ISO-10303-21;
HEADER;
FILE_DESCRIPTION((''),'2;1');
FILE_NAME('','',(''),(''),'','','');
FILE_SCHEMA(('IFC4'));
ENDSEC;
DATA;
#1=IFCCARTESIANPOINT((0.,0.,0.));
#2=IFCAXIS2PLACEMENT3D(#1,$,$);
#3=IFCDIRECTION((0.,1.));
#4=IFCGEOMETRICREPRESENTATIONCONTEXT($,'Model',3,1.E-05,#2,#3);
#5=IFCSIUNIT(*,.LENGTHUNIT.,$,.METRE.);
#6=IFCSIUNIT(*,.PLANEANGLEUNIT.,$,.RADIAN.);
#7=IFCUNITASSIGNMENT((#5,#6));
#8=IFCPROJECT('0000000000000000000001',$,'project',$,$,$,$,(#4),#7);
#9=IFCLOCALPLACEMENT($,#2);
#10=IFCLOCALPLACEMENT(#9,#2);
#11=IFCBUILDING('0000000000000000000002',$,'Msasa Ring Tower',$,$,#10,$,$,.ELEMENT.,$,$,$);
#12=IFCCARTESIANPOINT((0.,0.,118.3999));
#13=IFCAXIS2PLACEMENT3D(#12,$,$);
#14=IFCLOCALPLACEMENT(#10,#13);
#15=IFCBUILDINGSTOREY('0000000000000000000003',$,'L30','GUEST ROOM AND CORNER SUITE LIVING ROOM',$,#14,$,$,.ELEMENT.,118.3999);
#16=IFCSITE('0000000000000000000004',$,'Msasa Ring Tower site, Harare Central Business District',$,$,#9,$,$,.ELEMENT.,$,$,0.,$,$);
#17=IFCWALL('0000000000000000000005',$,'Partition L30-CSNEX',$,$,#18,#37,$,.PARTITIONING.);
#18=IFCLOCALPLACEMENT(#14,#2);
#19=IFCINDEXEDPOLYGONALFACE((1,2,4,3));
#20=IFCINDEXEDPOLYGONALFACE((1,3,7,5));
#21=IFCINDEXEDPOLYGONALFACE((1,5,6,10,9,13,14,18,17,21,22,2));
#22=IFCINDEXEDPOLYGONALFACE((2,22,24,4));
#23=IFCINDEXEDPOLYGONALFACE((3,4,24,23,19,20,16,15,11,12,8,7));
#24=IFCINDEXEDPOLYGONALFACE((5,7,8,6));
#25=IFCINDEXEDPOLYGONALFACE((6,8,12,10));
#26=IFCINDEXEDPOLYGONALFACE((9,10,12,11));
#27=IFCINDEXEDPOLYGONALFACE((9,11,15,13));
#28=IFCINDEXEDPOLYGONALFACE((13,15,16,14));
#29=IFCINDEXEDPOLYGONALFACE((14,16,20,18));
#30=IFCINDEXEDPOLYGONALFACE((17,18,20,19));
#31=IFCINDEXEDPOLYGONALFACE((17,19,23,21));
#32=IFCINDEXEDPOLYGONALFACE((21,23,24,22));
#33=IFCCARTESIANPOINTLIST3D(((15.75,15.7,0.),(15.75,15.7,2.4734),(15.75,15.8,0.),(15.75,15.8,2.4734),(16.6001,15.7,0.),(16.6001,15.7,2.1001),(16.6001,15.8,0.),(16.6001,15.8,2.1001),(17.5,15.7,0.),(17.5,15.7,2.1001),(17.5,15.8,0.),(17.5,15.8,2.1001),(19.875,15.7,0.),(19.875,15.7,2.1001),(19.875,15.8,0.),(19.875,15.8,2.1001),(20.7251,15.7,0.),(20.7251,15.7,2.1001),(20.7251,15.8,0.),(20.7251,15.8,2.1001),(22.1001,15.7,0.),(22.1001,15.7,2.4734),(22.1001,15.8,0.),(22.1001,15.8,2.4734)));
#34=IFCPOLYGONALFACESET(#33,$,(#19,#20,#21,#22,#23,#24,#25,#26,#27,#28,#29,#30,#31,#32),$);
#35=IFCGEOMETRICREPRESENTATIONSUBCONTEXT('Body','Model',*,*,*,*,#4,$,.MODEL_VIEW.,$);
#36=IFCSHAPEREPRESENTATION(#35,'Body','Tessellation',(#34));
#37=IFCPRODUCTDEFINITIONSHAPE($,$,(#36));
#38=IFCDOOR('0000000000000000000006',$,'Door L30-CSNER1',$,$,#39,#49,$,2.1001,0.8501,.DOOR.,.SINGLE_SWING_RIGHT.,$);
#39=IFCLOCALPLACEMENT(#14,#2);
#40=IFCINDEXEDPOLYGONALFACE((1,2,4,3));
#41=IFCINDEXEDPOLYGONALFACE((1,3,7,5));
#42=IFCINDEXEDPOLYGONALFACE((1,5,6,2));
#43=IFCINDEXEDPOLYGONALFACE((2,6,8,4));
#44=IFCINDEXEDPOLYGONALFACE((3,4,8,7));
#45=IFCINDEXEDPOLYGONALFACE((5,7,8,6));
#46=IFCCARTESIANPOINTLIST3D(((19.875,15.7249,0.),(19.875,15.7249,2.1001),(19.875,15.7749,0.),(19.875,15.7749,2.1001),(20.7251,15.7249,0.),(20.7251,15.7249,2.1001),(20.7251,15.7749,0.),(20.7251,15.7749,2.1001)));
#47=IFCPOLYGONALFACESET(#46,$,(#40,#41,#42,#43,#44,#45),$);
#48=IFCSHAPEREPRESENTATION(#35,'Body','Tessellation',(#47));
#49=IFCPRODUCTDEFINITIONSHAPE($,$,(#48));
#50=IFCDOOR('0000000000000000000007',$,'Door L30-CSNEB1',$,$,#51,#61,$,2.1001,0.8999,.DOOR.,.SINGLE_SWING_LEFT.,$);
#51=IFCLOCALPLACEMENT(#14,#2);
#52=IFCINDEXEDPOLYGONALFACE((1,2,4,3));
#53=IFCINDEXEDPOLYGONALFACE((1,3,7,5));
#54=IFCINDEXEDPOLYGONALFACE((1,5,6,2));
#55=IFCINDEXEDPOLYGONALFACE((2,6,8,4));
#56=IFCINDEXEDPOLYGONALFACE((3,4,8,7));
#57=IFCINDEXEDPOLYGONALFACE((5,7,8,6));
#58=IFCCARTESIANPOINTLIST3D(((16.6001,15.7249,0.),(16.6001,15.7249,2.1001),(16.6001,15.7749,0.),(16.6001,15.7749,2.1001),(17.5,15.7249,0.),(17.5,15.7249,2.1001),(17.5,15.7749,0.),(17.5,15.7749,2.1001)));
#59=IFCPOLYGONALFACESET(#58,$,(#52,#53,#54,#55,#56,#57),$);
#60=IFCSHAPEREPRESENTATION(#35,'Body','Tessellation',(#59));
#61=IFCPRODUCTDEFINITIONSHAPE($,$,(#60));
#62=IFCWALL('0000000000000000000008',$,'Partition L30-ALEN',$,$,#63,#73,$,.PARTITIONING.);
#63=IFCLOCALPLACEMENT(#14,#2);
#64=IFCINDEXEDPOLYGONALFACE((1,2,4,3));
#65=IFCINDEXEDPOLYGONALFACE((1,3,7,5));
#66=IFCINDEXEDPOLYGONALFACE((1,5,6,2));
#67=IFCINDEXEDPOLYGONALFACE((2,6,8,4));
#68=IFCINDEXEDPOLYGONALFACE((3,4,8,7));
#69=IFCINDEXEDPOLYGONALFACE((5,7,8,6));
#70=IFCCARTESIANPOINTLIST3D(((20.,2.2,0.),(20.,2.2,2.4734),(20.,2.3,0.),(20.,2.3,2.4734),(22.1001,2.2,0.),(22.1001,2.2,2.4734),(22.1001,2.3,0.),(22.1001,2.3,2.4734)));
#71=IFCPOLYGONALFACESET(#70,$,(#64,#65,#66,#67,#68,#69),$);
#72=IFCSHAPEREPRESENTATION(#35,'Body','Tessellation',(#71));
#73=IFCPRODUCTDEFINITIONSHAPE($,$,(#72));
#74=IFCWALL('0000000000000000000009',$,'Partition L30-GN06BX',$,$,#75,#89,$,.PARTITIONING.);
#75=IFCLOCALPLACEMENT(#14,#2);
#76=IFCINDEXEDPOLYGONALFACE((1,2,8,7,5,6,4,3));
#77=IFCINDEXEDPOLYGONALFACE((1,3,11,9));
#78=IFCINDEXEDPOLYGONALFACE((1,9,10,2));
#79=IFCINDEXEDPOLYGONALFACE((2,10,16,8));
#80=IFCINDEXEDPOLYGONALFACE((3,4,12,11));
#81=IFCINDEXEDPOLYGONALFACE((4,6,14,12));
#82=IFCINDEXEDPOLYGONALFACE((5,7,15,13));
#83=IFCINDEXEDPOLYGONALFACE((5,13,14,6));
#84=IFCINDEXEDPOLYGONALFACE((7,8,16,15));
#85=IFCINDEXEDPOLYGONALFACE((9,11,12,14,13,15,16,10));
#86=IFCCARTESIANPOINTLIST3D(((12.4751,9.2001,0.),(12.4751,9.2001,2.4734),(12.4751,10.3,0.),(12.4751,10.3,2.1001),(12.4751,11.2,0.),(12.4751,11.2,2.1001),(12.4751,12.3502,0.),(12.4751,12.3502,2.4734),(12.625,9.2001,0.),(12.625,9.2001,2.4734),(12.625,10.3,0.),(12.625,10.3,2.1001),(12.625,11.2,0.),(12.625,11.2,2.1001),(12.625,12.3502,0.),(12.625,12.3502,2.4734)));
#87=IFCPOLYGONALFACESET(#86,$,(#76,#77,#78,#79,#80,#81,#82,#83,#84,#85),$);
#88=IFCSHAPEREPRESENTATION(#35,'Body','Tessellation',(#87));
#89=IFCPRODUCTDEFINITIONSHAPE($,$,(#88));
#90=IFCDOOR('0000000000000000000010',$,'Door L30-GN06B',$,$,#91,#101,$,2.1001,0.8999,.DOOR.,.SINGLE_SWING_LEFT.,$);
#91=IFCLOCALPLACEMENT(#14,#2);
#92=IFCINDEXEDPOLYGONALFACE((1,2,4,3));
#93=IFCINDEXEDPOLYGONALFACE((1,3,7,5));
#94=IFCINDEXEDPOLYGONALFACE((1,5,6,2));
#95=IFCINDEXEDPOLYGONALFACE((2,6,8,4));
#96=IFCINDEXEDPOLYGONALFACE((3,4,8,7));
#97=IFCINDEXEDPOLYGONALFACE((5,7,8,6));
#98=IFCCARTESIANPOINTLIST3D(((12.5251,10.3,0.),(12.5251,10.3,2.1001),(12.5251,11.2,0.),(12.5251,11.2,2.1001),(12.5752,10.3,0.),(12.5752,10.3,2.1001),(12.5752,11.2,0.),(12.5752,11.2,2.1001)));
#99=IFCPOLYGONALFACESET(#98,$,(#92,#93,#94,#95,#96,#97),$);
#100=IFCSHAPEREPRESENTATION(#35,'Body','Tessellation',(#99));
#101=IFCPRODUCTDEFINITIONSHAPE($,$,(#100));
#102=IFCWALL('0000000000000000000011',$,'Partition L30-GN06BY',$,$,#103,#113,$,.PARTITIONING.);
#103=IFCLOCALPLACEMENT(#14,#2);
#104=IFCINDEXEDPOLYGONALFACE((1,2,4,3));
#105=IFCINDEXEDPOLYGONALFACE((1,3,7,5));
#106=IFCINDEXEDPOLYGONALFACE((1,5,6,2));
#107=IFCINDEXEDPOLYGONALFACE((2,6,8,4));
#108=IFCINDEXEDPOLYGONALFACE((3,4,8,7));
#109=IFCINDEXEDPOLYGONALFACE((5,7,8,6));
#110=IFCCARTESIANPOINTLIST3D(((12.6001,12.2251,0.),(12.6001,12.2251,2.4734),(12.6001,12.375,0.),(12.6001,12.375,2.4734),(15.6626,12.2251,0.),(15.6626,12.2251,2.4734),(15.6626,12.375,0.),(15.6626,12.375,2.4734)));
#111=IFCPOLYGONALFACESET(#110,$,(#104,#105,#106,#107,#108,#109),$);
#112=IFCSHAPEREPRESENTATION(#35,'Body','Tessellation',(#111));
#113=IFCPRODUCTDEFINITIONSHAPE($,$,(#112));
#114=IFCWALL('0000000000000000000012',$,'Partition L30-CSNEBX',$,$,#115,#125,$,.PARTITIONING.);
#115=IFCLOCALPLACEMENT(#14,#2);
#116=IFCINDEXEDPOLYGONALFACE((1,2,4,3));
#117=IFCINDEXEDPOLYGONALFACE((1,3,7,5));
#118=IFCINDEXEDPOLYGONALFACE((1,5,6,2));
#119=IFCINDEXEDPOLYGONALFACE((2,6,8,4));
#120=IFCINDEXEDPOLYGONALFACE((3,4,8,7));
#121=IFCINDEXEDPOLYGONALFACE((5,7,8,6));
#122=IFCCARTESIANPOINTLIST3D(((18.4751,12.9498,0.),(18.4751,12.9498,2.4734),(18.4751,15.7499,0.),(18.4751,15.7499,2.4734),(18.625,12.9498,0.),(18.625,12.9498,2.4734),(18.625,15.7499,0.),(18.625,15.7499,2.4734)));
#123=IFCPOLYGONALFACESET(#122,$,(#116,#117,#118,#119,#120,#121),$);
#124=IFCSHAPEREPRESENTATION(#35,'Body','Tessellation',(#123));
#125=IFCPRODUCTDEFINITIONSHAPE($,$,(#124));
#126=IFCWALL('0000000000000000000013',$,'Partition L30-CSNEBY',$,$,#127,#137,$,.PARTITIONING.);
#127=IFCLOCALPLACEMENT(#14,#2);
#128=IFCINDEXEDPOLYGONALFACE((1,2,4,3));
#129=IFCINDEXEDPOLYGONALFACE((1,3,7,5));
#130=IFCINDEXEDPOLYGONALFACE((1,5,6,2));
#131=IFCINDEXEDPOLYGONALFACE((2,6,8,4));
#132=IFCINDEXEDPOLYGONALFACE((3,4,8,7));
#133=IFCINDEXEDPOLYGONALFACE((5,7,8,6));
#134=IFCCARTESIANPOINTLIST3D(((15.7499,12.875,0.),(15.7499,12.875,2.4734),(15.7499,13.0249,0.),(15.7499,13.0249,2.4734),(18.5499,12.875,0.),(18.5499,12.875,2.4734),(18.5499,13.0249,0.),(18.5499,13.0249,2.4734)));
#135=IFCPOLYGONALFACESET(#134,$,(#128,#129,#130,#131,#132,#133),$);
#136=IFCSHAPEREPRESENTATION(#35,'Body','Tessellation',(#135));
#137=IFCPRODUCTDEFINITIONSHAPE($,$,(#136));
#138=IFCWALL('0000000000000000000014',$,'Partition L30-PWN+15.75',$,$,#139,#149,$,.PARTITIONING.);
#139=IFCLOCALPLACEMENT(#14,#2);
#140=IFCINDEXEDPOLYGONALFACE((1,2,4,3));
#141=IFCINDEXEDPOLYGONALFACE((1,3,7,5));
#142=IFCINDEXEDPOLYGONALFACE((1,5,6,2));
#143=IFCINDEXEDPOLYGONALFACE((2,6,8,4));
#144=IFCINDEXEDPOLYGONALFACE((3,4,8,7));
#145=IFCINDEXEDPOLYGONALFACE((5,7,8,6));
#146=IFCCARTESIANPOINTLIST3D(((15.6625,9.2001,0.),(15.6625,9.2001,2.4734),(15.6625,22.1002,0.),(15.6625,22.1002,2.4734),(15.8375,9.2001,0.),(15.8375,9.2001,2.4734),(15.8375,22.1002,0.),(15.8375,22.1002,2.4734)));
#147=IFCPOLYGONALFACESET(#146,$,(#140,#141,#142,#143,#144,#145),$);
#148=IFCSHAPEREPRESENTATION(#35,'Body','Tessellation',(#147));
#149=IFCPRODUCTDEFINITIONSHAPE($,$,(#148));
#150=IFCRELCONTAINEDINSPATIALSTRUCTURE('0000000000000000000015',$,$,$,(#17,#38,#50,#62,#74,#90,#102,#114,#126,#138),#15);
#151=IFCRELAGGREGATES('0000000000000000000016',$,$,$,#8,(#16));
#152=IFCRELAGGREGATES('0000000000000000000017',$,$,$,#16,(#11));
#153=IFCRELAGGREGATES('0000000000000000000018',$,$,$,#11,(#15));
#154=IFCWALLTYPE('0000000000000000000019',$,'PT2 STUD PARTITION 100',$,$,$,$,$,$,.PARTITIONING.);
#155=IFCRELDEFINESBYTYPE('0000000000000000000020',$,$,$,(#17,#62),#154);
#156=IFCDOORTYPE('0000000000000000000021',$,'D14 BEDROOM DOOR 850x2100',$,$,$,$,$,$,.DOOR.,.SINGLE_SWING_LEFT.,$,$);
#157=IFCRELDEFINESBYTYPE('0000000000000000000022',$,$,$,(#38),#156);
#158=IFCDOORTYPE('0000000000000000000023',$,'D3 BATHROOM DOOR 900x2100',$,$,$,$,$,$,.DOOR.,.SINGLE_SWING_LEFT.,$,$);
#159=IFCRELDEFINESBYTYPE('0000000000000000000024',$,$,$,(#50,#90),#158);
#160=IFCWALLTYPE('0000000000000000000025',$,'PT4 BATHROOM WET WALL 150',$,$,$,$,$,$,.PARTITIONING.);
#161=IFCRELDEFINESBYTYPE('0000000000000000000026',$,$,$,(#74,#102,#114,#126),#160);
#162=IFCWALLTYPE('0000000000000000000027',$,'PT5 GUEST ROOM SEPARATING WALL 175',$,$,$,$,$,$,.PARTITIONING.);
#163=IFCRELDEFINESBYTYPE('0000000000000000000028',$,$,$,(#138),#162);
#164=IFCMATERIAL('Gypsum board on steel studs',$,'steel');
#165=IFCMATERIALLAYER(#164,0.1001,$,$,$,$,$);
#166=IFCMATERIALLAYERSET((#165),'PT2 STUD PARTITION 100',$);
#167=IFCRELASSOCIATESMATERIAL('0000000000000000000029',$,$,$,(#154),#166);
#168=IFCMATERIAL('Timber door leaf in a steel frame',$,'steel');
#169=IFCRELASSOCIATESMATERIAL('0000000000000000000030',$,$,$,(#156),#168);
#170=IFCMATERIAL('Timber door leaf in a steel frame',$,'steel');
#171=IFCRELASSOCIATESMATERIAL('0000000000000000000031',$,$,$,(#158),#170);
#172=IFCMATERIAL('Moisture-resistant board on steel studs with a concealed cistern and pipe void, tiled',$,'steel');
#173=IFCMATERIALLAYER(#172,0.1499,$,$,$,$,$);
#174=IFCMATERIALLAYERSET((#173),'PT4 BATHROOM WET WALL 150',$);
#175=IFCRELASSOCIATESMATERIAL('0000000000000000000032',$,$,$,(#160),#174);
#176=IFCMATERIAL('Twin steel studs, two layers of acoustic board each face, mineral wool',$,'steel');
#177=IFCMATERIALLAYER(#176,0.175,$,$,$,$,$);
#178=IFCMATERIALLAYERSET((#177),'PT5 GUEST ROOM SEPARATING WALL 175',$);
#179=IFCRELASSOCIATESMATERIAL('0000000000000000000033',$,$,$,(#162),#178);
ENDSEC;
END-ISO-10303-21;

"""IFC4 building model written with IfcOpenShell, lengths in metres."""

from ifc_helpers import new_model, si_unit, direction, frame, frame_2d, origin, place, context, subcontext, project, spatial, rectangle, extrude, material, layer, layer_set, type_object, element, fill, save


model = new_model("IFC4")

# Units and contexts
model_context = context("Model", 3, precision=1e-05, world=origin(), true_north=direction((0.0, 1.0)))
body_context = subcontext(model_context, "Body", "Model", "MODEL_VIEW")
ifc_project = project(units=[si_unit("LENGTHUNIT", "METRE"), si_unit("PLANEANGLEUNIT", "RADIAN")], contexts=[model_context])

# Site, building, storey
site_placement = place(None, origin())
site = spatial("IfcSite", under=ifc_project, at=site_placement, Name="Msasa Ring Tower site, Harare Central Business District", CompositionType="ELEMENT", RefElevation=0.0)
building_placement = place(site_placement, origin())
building = spatial("IfcBuilding", under=site, at=building_placement, Name="Msasa Ring Tower", CompositionType="ELEMENT")
storey_placement = place(building_placement, frame((0.0, 0.0, 118.3999)))
storey = spatial("IfcBuildingStorey", under=building, at=storey_placement, Name="L30", Description="GUEST ROOM AND CORNER SUITE LIVING ROOM", CompositionType="ELEMENT", Elevation=118.3999)

# Wall, openings, doors
ifc_material_1 = material(Name="Gypsum board on steel studs", Category="steel")
ifc_layer_1 = layer(ifc_material_1, 0.1001)
ifc_layer_set_1 = layer_set([ifc_layer_1], Name="PT2 STUD PARTITION 100")
wall_type_1 = type_object("IfcWallType", Name="PT2 STUD PARTITION 100", PredefinedType="PARTITIONING", material=ifc_layer_set_1)
wall_1_placement = place(storey_placement, frame((15.75, 15.75, 0.0), z_axis=(0.0, 0.0, 1.0), x_axis=(1.0, 0.0, 0.0)))
wall_1 = element("IfcWall", 1, at=wall_1_placement, inside=storey, type_object=wall_type_1, Name="Partition L30-CSNEX", PredefinedType="PARTITIONING", context=body_context, shape_type="SweptSolid", body=[
    extrude(rectangle(XDim=6.3501, YDim=0.1001, at=frame_2d((3.175, 0.0))), origin(), (0.0, 0.0, 1.0), 2.4734),
])
opening_1_placement = place(wall_1_placement, frame((4.125, 0.0, 0.0)))
opening_1 = element("IfcOpeningElement", 2, at=opening_1_placement, cuts=wall_1, PredefinedType="OPENING", context=body_context, shape_type="SweptSolid", body=[
    extrude(rectangle(XDim=0.8501, YDim=2.1001, at=frame_2d((0.425, 1.05))), frame((0.0, 0.0601, 0.0), z_axis=(0.0, -1.0, 0.0), x_axis=(1.0, 0.0, 0.0)), (0.0, 0.0, 1.0), 0.1201),
])
opening_2_placement = place(wall_1_placement, frame((0.8501, 0.0, 0.0)))
opening_2 = element("IfcOpeningElement", 3, at=opening_2_placement, cuts=wall_1, PredefinedType="OPENING", context=body_context, shape_type="SweptSolid", body=[
    extrude(rectangle(XDim=0.8999, YDim=2.1001, at=frame_2d((0.45, 1.05))), frame((0.0, 0.0601, 0.0), z_axis=(0.0, -1.0, 0.0), x_axis=(1.0, 0.0, 0.0)), (0.0, 0.0, 1.0), 0.1201),
])
ifc_material_2 = material(Name="Timber door leaf in a steel frame", Category="steel")
door_type_1 = type_object("IfcDoorType", Name="D14 BEDROOM DOOR 850x2100", OperationType="SINGLE_SWING_LEFT", PredefinedType="DOOR", material=ifc_material_2)
door_1_placement = place(opening_1_placement, origin())
door_1 = element("IfcDoor", 4, at=door_1_placement, inside=storey, type_object=door_type_1, Name="Door L30-CSNER1", OperationType="SINGLE_SWING_RIGHT", OverallHeight=2.1001, OverallWidth=0.8501, PredefinedType="DOOR", context=body_context, shape_type="SweptSolid", body=[
    extrude(rectangle(XDim=0.8501, YDim=2.1001, at=frame_2d((0.425, 1.05))), frame((0.0, 0.0249, 0.0), z_axis=(0.0, -1.0, 0.0), x_axis=(1.0, 0.0, 0.0)), (0.0, 0.0, 1.0), 0.05),
])
fill(opening_1, door_1)
ifc_material_3 = material(Name="Timber door leaf in a steel frame", Category="steel")
door_type_2 = type_object("IfcDoorType", Name="D3 BATHROOM DOOR 900x2100", OperationType="SINGLE_SWING_LEFT", PredefinedType="DOOR", material=ifc_material_3)
door_2_placement = place(opening_2_placement, origin())
door_2 = element("IfcDoor", 5, at=door_2_placement, inside=storey, type_object=door_type_2, Name="Door L30-CSNEB1", OperationType="SINGLE_SWING_LEFT", OverallHeight=2.1001, OverallWidth=0.8999, PredefinedType="DOOR", context=body_context, shape_type="SweptSolid", body=[
    extrude(rectangle(XDim=0.8999, YDim=2.1001, at=frame_2d((0.45, 1.05))), frame((0.0, 0.0249, 0.0), z_axis=(0.0, -1.0, 0.0), x_axis=(1.0, 0.0, 0.0)), (0.0, 0.0, 1.0), 0.05),
])
fill(opening_2, door_2)

# Wall
wall_2_placement = place(storey_placement, frame((20.0, 2.25, 0.0), z_axis=(0.0, 0.0, 1.0), x_axis=(1.0, 0.0, 0.0)))
element("IfcWall", 6, at=wall_2_placement, inside=storey, type_object=wall_type_1, Name="Partition L30-ALEN", PredefinedType="PARTITIONING", context=body_context, shape_type="SweptSolid", body=[
    extrude(rectangle(XDim=2.1001, YDim=0.1001, at=frame_2d((1.05, 0.0))), origin(), (0.0, 0.0, 1.0), 2.4734),
])

# Wall, opening, door
ifc_material_4 = material(Name="Moisture-resistant board on steel studs with a concealed cistern and pipe void, tiled", Category="steel")
ifc_layer_2 = layer(ifc_material_4, 0.1499)
ifc_layer_set_2 = layer_set([ifc_layer_2], Name="PT4 BATHROOM WET WALL 150")
wall_type_2 = type_object("IfcWallType", Name="PT4 BATHROOM WET WALL 150", PredefinedType="PARTITIONING", material=ifc_layer_set_2)
wall_3_placement = place(storey_placement, frame((12.55, 9.2, 0.0), z_axis=(0.0, 0.0, 1.0), x_axis=(0.0, 1.0, 0.0)))
wall_3 = element("IfcWall", 7, at=wall_3_placement, inside=storey, type_object=wall_type_2, Name="Partition L30-GN06BX", PredefinedType="PARTITIONING", context=body_context, shape_type="SweptSolid", body=[
    extrude(rectangle(XDim=3.1501, YDim=0.1499, at=frame_2d((1.5752, 0.0))), origin(), (0.0, 0.0, 1.0), 2.4734),
])
opening_3_placement = place(wall_3_placement, frame((1.1001, 0.0, 0.0)))
opening_3 = element("IfcOpeningElement", 8, at=opening_3_placement, cuts=wall_3, PredefinedType="OPENING", context=body_context, shape_type="SweptSolid", body=[
    extrude(rectangle(XDim=0.8999, YDim=2.1001, at=frame_2d((0.45, 1.05))), frame((0.0, 0.085, 0.0), z_axis=(0.0, -1.0, 0.0), x_axis=(1.0, 0.0, 0.0)), (0.0, 0.0, 1.0), 0.1699),
])
door_3_placement = place(opening_3_placement, origin())
door_3 = element("IfcDoor", 9, at=door_3_placement, inside=storey, type_object=door_type_2, Name="Door L30-GN06B", OperationType="SINGLE_SWING_LEFT", OverallHeight=2.1001, OverallWidth=0.8999, PredefinedType="DOOR", context=body_context, shape_type="SweptSolid", body=[
    extrude(rectangle(XDim=0.8999, YDim=2.1001, at=frame_2d((0.45, 1.05))), frame((0.0, 0.0249, 0.0), z_axis=(0.0, -1.0, 0.0), x_axis=(1.0, 0.0, 0.0)), (0.0, 0.0, 1.0), 0.05),
])
fill(opening_3, door_3)

# Walls
wall_4_placement = place(storey_placement, frame((12.6001, 12.3, 0.0), z_axis=(0.0, 0.0, 1.0), x_axis=(1.0, 0.0, 0.0)))
element("IfcWall", 10, at=wall_4_placement, inside=storey, type_object=wall_type_2, Name="Partition L30-GN06BY", PredefinedType="PARTITIONING", context=body_context, shape_type="SweptSolid", body=[
    extrude(rectangle(XDim=3.0625, YDim=0.1499, at=frame_2d((1.5312, 0.0))), origin(), (0.0, 0.0, 1.0), 2.4734),
])
for number, where, z_axis, x_axis, name in (
    (11, (18.55, 12.95, 0.0), (0.0, 0.0, 1.0), (0.0, 1.0, 0.0), "Partition L30-CSNEBX"),
    (12, (15.75, 12.95, 0.0), (0.0, 0.0, 1.0), (1.0, 0.0, 0.0), "Partition L30-CSNEBY"),
):
    element("IfcWall", number, at=place(storey_placement, frame(where, z_axis=z_axis, x_axis=x_axis)), inside=storey, type_object=wall_type_2, Name=name, PredefinedType="PARTITIONING", context=body_context, shape_type="SweptSolid", body=[
        extrude(rectangle(XDim=2.8, YDim=0.1499, at=frame_2d((1.3999, 0.0))), origin(), (0.0, 0.0, 1.0), 2.4734),
    ])
ifc_material_5 = material(Name="Twin steel studs, two layers of acoustic board each face, mineral wool", Category="steel")
ifc_layer_3 = layer(ifc_material_5, 0.175)
ifc_layer_set_3 = layer_set([ifc_layer_3], Name="PT5 GUEST ROOM SEPARATING WALL 175")
wall_type_3 = type_object("IfcWallType", Name="PT5 GUEST ROOM SEPARATING WALL 175", PredefinedType="PARTITIONING", material=ifc_layer_set_3)
wall_5_placement = place(storey_placement, frame((15.75, 9.2, 0.0), z_axis=(0.0, 0.0, 1.0), x_axis=(0.0, 1.0, 0.0)))
element("IfcWall", 13, at=wall_5_placement, inside=storey, type_object=wall_type_3, Name="Partition L30-PWN+15.75", PredefinedType="PARTITIONING", context=body_context, shape_type="SweptSolid", body=[
    extrude(rectangle(XDim=12.9001, YDim=0.175, at=frame_2d((6.4502, 0.0))), origin(), (0.0, 0.0, 1.0), 2.4734),
])

save(model, "model.ifc")
